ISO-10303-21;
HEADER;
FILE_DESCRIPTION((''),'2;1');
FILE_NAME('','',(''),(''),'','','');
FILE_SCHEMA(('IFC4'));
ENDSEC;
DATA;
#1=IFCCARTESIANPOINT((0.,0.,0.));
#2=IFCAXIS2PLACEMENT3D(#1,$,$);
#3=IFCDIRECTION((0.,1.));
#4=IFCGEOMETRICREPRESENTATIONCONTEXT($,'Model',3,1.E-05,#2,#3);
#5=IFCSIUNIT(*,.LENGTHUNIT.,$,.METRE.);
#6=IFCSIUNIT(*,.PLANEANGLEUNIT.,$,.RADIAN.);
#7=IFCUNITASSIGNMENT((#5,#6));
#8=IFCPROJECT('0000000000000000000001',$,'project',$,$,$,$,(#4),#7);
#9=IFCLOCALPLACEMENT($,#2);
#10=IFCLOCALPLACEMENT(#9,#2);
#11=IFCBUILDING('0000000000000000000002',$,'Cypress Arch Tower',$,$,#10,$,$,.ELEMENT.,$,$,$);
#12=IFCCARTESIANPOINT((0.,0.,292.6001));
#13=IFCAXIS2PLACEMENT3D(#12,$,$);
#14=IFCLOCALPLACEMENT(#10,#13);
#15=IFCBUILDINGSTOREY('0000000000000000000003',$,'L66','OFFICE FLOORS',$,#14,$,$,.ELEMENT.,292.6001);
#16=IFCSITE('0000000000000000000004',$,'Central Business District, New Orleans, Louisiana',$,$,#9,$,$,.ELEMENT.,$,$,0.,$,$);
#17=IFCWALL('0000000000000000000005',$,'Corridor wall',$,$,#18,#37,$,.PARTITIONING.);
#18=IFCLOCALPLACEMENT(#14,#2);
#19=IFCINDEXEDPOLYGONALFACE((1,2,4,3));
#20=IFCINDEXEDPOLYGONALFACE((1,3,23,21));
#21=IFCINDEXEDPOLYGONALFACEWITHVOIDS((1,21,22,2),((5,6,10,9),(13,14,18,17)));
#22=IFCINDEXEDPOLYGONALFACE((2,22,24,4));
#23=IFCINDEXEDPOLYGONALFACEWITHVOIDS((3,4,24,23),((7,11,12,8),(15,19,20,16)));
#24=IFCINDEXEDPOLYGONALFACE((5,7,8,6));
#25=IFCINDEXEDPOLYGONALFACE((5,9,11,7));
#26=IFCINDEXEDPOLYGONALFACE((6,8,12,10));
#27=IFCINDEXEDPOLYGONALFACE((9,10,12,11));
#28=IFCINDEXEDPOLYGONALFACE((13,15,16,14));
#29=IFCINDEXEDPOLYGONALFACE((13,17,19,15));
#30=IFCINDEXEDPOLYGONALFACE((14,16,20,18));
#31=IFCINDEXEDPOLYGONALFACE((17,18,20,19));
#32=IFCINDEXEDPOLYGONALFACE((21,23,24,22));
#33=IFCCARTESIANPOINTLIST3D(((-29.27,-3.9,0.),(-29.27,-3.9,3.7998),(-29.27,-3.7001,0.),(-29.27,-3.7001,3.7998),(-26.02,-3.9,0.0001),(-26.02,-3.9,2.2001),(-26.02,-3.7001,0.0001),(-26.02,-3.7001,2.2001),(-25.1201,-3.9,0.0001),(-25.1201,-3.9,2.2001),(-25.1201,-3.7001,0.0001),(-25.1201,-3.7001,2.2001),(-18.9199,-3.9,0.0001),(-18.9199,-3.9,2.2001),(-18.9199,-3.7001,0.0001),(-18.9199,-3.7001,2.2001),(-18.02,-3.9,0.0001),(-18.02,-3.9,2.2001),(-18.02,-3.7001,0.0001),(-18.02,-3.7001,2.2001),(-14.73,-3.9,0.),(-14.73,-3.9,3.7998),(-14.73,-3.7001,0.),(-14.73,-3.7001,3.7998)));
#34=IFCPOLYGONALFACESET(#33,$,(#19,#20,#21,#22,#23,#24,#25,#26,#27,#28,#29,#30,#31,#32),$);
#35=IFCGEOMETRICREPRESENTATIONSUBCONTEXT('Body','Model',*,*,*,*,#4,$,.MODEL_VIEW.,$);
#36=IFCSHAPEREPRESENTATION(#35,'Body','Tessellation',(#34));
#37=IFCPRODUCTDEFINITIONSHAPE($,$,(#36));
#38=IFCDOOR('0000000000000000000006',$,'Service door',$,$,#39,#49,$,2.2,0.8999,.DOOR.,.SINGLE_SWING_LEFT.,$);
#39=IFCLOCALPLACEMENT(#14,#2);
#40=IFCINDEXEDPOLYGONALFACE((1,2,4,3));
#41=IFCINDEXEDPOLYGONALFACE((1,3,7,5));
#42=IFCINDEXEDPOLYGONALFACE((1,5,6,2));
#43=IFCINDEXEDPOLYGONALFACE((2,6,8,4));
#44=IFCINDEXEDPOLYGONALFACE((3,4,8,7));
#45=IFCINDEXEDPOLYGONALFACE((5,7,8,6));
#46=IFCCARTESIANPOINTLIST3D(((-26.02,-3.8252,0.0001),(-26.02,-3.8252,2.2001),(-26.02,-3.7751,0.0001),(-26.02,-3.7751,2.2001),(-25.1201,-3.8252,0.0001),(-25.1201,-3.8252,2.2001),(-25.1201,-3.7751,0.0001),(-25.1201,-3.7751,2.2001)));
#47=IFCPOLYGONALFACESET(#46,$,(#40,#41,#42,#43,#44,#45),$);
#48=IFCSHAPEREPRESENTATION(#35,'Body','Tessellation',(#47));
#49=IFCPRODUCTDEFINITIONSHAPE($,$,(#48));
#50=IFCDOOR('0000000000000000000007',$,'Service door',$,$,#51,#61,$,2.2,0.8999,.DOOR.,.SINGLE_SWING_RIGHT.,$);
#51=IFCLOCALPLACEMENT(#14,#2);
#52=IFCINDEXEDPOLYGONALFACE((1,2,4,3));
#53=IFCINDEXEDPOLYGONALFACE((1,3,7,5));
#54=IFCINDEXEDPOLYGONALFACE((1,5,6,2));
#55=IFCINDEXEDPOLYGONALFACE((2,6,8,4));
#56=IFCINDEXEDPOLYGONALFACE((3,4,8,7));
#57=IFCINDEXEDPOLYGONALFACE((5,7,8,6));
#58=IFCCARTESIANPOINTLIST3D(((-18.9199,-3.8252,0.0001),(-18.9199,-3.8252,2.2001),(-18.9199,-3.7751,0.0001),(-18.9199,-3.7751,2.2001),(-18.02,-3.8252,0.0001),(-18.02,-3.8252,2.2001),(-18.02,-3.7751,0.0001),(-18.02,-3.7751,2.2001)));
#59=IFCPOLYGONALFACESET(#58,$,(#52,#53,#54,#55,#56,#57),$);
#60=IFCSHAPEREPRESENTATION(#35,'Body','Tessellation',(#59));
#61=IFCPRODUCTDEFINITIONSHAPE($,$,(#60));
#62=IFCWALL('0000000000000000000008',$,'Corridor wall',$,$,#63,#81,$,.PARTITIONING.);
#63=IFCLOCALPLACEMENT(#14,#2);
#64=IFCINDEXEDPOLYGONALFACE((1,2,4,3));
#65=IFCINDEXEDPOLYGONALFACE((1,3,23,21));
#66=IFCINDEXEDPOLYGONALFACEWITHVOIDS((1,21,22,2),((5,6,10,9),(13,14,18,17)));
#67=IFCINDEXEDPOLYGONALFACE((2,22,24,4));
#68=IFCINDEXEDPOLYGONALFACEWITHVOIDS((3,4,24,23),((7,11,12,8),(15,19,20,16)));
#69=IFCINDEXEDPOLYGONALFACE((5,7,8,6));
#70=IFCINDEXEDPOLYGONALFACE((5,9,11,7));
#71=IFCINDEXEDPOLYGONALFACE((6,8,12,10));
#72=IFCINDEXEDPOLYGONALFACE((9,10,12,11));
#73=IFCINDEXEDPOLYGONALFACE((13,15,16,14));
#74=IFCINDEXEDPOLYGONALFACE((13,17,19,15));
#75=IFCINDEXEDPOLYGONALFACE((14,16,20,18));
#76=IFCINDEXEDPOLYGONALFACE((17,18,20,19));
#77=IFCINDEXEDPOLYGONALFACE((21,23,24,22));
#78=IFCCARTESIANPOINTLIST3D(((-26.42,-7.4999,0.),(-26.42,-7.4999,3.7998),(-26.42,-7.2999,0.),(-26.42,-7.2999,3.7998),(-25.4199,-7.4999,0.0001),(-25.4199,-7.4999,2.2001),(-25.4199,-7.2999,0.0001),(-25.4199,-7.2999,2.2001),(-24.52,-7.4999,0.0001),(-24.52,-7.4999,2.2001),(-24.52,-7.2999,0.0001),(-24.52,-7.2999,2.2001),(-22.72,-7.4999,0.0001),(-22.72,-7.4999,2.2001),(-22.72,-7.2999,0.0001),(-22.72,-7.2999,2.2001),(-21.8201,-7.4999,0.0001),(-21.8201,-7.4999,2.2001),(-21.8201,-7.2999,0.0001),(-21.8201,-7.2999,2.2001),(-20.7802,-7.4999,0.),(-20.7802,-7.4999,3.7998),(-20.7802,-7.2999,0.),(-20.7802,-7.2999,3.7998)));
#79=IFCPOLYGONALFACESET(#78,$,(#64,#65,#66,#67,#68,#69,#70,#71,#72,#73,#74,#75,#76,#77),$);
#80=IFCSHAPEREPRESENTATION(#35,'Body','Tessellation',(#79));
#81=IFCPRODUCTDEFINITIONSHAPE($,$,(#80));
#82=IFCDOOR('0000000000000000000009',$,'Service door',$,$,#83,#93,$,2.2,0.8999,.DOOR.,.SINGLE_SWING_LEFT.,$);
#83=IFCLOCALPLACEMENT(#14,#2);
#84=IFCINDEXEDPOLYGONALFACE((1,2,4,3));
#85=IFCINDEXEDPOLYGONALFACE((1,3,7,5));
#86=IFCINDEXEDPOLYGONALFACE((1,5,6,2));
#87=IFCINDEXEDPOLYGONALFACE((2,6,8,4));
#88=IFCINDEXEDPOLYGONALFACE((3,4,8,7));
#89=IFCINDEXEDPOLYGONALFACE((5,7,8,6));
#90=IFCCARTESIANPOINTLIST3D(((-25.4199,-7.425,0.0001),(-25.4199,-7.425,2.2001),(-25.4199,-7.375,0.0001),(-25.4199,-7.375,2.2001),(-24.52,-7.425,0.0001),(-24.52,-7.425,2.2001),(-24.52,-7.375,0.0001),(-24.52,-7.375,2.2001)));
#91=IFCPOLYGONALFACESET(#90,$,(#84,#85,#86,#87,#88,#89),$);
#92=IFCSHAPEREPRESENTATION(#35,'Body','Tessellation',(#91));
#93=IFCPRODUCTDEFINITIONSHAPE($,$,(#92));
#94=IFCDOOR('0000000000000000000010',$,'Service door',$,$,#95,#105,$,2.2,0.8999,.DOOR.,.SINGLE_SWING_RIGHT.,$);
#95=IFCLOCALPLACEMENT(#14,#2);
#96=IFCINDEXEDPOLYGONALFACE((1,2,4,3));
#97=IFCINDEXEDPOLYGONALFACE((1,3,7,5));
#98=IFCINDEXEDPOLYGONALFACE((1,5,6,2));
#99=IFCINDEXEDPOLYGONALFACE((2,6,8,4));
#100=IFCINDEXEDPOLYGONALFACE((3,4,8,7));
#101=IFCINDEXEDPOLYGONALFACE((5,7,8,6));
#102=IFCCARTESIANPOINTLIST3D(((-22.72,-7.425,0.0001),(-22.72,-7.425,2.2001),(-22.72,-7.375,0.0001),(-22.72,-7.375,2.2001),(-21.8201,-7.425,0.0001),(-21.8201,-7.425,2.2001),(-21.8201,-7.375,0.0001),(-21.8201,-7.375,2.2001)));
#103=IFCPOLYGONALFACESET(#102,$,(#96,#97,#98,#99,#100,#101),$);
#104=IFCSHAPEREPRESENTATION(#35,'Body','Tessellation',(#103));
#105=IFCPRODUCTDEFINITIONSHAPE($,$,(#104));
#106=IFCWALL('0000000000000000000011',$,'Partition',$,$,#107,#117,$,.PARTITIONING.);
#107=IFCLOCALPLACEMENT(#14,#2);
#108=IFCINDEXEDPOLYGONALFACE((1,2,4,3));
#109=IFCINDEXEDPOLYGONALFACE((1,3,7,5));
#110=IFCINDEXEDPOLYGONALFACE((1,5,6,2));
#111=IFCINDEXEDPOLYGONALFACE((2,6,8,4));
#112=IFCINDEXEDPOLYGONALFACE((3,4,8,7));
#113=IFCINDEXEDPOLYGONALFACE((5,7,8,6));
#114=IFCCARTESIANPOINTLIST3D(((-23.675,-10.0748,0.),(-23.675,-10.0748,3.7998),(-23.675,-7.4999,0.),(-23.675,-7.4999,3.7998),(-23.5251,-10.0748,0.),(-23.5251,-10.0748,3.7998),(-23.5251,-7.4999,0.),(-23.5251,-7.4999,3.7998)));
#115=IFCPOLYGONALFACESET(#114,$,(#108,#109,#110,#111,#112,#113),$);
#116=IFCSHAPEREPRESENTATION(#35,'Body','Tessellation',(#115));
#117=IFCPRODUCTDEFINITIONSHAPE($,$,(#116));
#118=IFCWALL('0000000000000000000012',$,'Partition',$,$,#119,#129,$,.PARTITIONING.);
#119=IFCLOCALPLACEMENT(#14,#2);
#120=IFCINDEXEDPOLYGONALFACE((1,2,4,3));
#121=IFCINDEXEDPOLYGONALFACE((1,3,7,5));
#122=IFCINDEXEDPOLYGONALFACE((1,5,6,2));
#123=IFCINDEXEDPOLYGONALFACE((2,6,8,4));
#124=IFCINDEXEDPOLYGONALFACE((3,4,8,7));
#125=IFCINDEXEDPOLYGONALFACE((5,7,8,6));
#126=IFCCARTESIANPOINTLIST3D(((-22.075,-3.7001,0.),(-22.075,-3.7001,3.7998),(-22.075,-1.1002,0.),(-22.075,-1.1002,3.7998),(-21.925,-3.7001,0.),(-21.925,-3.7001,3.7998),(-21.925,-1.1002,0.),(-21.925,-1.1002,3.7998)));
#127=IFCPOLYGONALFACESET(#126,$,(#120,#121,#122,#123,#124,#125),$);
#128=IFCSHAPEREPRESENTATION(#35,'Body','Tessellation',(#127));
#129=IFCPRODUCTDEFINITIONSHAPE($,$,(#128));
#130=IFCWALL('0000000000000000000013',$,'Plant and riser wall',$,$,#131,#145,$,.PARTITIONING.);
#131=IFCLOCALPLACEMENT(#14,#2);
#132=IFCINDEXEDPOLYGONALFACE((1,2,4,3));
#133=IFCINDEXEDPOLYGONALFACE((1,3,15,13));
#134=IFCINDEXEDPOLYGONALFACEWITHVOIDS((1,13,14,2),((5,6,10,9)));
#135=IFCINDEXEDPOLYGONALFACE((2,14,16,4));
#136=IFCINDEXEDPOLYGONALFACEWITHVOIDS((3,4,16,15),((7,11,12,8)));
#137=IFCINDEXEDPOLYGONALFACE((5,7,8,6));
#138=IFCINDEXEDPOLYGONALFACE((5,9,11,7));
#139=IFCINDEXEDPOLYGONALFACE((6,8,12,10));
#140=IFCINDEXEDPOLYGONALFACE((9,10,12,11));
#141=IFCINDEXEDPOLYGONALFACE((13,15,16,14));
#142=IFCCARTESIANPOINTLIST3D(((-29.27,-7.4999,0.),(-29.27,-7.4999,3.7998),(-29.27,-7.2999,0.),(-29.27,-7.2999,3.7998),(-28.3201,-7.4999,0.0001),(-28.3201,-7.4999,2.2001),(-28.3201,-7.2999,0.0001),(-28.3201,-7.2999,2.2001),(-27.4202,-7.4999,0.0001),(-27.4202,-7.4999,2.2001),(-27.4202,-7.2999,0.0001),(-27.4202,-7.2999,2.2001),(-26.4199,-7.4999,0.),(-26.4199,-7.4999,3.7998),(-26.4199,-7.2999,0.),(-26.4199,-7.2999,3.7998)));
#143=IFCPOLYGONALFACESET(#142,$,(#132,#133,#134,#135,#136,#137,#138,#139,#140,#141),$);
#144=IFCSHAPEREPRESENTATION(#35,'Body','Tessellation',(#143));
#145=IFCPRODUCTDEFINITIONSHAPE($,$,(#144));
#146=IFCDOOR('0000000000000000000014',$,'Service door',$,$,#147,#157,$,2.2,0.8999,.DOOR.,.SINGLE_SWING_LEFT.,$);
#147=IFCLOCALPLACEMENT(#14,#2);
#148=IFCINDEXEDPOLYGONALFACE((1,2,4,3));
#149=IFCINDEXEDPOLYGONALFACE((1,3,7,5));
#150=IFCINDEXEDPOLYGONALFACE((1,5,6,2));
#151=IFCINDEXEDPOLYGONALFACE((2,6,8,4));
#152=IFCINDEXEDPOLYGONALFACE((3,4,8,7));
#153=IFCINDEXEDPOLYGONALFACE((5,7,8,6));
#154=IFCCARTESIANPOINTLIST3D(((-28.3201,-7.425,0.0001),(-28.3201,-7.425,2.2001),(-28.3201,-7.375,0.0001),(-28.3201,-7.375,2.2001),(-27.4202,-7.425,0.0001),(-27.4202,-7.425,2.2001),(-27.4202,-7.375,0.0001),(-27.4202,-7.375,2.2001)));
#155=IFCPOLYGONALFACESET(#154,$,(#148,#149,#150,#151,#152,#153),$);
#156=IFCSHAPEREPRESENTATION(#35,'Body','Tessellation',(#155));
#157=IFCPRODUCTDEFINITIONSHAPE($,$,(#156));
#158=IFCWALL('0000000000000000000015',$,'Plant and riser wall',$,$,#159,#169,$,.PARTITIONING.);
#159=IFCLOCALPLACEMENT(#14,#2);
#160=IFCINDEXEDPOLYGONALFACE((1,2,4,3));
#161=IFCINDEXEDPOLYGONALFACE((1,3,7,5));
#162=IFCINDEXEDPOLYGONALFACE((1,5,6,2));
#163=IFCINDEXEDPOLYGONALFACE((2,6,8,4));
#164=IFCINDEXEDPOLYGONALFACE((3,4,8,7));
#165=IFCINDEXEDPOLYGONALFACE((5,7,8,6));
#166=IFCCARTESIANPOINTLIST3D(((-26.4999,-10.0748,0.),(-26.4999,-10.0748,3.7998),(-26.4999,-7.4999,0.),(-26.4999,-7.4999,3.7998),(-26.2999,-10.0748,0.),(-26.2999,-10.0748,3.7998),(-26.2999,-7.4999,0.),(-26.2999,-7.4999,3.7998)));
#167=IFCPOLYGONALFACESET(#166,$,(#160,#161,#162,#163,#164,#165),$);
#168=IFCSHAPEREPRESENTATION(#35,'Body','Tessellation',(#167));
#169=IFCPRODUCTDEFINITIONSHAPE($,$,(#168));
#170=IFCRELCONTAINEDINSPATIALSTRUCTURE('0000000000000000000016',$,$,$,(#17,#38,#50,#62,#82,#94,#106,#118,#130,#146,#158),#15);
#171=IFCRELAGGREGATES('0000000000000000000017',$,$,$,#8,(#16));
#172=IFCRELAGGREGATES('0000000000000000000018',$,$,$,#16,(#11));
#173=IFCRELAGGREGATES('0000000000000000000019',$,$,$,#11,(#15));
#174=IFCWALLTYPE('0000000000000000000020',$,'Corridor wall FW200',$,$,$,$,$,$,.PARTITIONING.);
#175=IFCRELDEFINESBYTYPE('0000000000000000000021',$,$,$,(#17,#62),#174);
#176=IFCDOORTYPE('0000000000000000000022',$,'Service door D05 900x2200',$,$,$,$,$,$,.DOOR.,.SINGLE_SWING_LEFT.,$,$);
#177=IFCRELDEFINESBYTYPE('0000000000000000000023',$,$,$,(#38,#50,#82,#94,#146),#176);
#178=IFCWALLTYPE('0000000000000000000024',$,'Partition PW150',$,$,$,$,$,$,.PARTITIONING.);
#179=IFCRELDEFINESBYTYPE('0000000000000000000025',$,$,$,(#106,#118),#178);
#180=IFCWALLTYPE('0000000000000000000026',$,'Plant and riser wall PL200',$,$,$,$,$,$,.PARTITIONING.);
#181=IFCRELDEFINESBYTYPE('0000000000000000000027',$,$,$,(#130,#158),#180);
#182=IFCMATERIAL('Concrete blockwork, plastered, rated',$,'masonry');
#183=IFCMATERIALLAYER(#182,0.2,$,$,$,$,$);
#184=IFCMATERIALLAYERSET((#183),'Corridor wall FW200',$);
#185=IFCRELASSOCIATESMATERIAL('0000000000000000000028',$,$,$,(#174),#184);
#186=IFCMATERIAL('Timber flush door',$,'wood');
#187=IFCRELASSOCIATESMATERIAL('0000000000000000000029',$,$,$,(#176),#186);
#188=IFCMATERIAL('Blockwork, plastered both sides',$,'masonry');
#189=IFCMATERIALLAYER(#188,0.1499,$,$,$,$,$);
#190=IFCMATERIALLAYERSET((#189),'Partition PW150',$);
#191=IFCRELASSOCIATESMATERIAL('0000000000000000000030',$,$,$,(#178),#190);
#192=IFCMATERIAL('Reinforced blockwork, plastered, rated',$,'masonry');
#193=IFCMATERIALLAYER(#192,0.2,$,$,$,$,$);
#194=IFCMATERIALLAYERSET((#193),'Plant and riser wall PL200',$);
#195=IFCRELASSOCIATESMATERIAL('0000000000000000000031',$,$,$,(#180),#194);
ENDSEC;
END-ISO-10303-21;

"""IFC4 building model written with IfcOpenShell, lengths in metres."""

from ifc_helpers import new_model, si_unit, direction, frame, frame_2d, origin, place, context, subcontext, project, spatial, rectangle, extrude, material, layer, layer_set, type_object, element, fill, save


model = new_model("IFC4")

# Units and contexts
model_context = context("Model", 3, precision=1e-05, world=origin(), true_north=direction((0.0, 1.0)))
body_context = subcontext(model_context, "Body", "Model", "MODEL_VIEW")
ifc_project = project(units=[si_unit("LENGTHUNIT", "METRE"), si_unit("PLANEANGLEUNIT", "RADIAN")], contexts=[model_context])

# Site, building, storey
site_placement = place(None, origin())
site = spatial("IfcSite", under=ifc_project, at=site_placement, Name="Central Business District, New Orleans, Louisiana", CompositionType="ELEMENT", RefElevation=0.0)
building_placement = place(site_placement, origin())
building = spatial("IfcBuilding", under=site, at=building_placement, Name="Cypress Arch Tower", CompositionType="ELEMENT")
storey_placement = place(building_placement, frame((0.0, 0.0, 292.6001)))
storey = spatial("IfcBuildingStorey", under=building, at=storey_placement, Name="L66", Description="OFFICE FLOORS", CompositionType="ELEMENT", Elevation=292.6001)

# Walls, openings, doors
ifc_material_1 = material(Name="Concrete blockwork, plastered, rated", Category="masonry")
ifc_layer_1 = layer(ifc_material_1, 0.2)
ifc_layer_set_1 = layer_set([ifc_layer_1], Name="Corridor wall FW200")
wall_type_1 = type_object("IfcWallType", Name="Corridor wall FW200", PredefinedType="PARTITIONING", material=ifc_layer_set_1)
wall_1_placement = place(storey_placement, frame((-29.27, -3.8, 0.0), z_axis=(0.0, 0.0, 1.0), x_axis=(1.0, 0.0, 0.0)))
wall_1 = element("IfcWall", 1, at=wall_1_placement, inside=storey, type_object=wall_type_1, Name="Corridor wall", PredefinedType="PARTITIONING", context=body_context, shape_type="SweptSolid", body=[
    extrude(rectangle(XDim=14.54, YDim=0.2, at=frame_2d((7.27, 0.0))), origin(), (0.0, 0.0, 1.0), 3.7998),
])
opening_1_placement = place(wall_1_placement, frame((3.25, 0.0, 0.0)))
opening_1 = element("IfcOpeningElement", 2, at=opening_1_placement, cuts=wall_1, PredefinedType="OPENING", context=body_context, shape_type="SweptSolid", body=[
    extrude(rectangle(XDim=0.8999, YDim=2.2, at=frame_2d((0.45, 1.1001))), frame((0.0, 0.1099, 0.0), z_axis=(0.0, -1.0, 0.0), x_axis=(1.0, 0.0, 0.0)), (0.0, 0.0, 1.0), 0.22),
])
opening_2_placement = place(wall_1_placement, frame((10.3501, 0.0, 0.0)))
opening_2 = element("IfcOpeningElement", 3, at=opening_2_placement, cuts=wall_1, PredefinedType="OPENING", context=body_context, shape_type="SweptSolid", body=[
    extrude(rectangle(XDim=0.8999, YDim=2.2, at=frame_2d((0.45, 1.1001))), frame((0.0, 0.1099, 0.0), z_axis=(0.0, -1.0, 0.0), x_axis=(1.0, 0.0, 0.0)), (0.0, 0.0, 1.0), 0.22),
])
ifc_material_2 = material(Name="Timber flush door", Category="wood")
door_type = type_object("IfcDoorType", Name="Service door D05 900x2200", OperationType="SINGLE_SWING_LEFT", PredefinedType="DOOR", material=ifc_material_2)
door_1_placement = place(opening_1_placement, origin())
door_1 = element("IfcDoor", 4, at=door_1_placement, inside=storey, type_object=door_type, Name="Service door", OperationType="SINGLE_SWING_LEFT", OverallHeight=2.2, OverallWidth=0.8999, PredefinedType="DOOR", context=body_context, shape_type="SweptSolid", body=[
    extrude(rectangle(XDim=0.8999, YDim=2.2, at=frame_2d((0.45, 1.1001))), frame((0.0, 0.0249, 0.0), z_axis=(0.0, -1.0, 0.0), x_axis=(1.0, 0.0, 0.0)), (0.0, 0.0, 1.0), 0.05),
])
fill(opening_1, door_1)
door_2_placement = place(opening_2_placement, origin())
door_2 = element("IfcDoor", 5, at=door_2_placement, inside=storey, type_object=door_type, Name="Service door", OperationType="SINGLE_SWING_RIGHT", OverallHeight=2.2, OverallWidth=0.8999, PredefinedType="DOOR", context=body_context, shape_type="SweptSolid", body=[
    extrude(rectangle(XDim=0.8999, YDim=2.2, at=frame_2d((0.45, 1.1001))), frame((0.0, 0.0249, 0.0), z_axis=(0.0, -1.0, 0.0), x_axis=(1.0, 0.0, 0.0)), (0.0, 0.0, 1.0), 0.05),
])
fill(opening_2, door_2)
wall_2_placement = place(storey_placement, frame((-26.4199, -7.3999, 0.0), z_axis=(0.0, 0.0, 1.0), x_axis=(1.0, 0.0, 0.0)))
wall_2 = element("IfcWall", 6, at=wall_2_placement, inside=storey, type_object=wall_type_1, Name="Corridor wall", PredefinedType="PARTITIONING", context=body_context, shape_type="SweptSolid", body=[
    extrude(rectangle(XDim=5.6399, YDim=0.2, at=frame_2d((2.8198, 0.0))), origin(), (0.0, 0.0, 1.0), 3.7998),
])
opening_3_placement = place(wall_2_placement, frame((1.0, 0.0, 0.0)))
opening_3 = element("IfcOpeningElement", 7, at=opening_3_placement, cuts=wall_2, PredefinedType="OPENING", context=body_context, shape_type="SweptSolid", body=[
    extrude(rectangle(XDim=0.8999, YDim=2.2, at=frame_2d((0.45, 1.1001))), frame((0.0, 0.1099, 0.0), z_axis=(0.0, -1.0, 0.0), x_axis=(1.0, 0.0, 0.0)), (0.0, 0.0, 1.0), 0.22),
])
opening_4_placement = place(wall_2_placement, frame((3.7, 0.0, 0.0)))
opening_4 = element("IfcOpeningElement", 8, at=opening_4_placement, cuts=wall_2, PredefinedType="OPENING", context=body_context, shape_type="SweptSolid", body=[
    extrude(rectangle(XDim=0.8999, YDim=2.2, at=frame_2d((0.45, 1.1001))), frame((0.0, 0.1099, 0.0), z_axis=(0.0, -1.0, 0.0), x_axis=(1.0, 0.0, 0.0)), (0.0, 0.0, 1.0), 0.22),
])
door_3_placement = place(opening_3_placement, origin())
door_3 = element("IfcDoor", 9, at=door_3_placement, inside=storey, type_object=door_type, Name="Service door", OperationType="SINGLE_SWING_LEFT", OverallHeight=2.2, OverallWidth=0.8999, PredefinedType="DOOR", context=body_context, shape_type="SweptSolid", body=[
    extrude(rectangle(XDim=0.8999, YDim=2.2, at=frame_2d((0.45, 1.1001))), frame((0.0, 0.0249, 0.0), z_axis=(0.0, -1.0, 0.0), x_axis=(1.0, 0.0, 0.0)), (0.0, 0.0, 1.0), 0.05),
])
fill(opening_3, door_3)
door_4_placement = place(opening_4_placement, origin())
door_4 = element("IfcDoor", 10, at=door_4_placement, inside=storey, type_object=door_type, Name="Service door", OperationType="SINGLE_SWING_RIGHT", OverallHeight=2.2, OverallWidth=0.8999, PredefinedType="DOOR", context=body_context, shape_type="SweptSolid", body=[
    extrude(rectangle(XDim=0.8999, YDim=2.2, at=frame_2d((0.45, 1.1001))), frame((0.0, 0.0249, 0.0), z_axis=(0.0, -1.0, 0.0), x_axis=(1.0, 0.0, 0.0)), (0.0, 0.0, 1.0), 0.05),
])
fill(opening_4, door_4)

# Walls
ifc_material_3 = material(Name="Blockwork, plastered both sides", Category="masonry")
ifc_layer_2 = layer(ifc_material_3, 0.1499)
ifc_layer_set_2 = layer_set([ifc_layer_2], Name="Partition PW150")
wall_type_2 = type_object("IfcWallType", Name="Partition PW150", PredefinedType="PARTITIONING", material=ifc_layer_set_2)
wall_3_placement = place(storey_placement, frame((-23.6001, -10.075, 0.0), z_axis=(0.0, 0.0, 1.0), x_axis=(0.0, 1.0, 0.0)))
element("IfcWall", 11, at=wall_3_placement, inside=storey, type_object=wall_type_2, Name="Partition", PredefinedType="PARTITIONING", context=body_context, shape_type="SweptSolid", body=[
    extrude(rectangle(XDim=2.575, YDim=0.1499, at=frame_2d((1.2876, 0.0))), origin(), (0.0, 0.0, 1.0), 3.7998),
])
wall_4_placement = place(storey_placement, frame((-22.0, -3.7, 0.0), z_axis=(0.0, 0.0, 1.0), x_axis=(0.0, 1.0, 0.0)))
element("IfcWall", 12, at=wall_4_placement, inside=storey, type_object=wall_type_2, Name="Partition", PredefinedType="PARTITIONING", context=body_context, shape_type="SweptSolid", body=[
    extrude(rectangle(XDim=2.5999, YDim=0.1499, at=frame_2d((1.2998, 0.0))), origin(), (0.0, 0.0, 1.0), 3.7998),
])

# Wall, opening, door
ifc_material_4 = material(Name="Reinforced blockwork, plastered, rated", Category="masonry")
ifc_layer_3 = layer(ifc_material_4, 0.2)
ifc_layer_set_3 = layer_set([ifc_layer_3], Name="Plant and riser wall PL200")
wall_type_3 = type_object("IfcWallType", Name="Plant and riser wall PL200", PredefinedType="PARTITIONING", material=ifc_layer_set_3)
wall_5_placement = place(storey_placement, frame((-29.27, -7.3999, 0.0), z_axis=(0.0, 0.0, 1.0), x_axis=(1.0, 0.0, 0.0)))
wall_5 = element("IfcWall", 13, at=wall_5_placement, inside=storey, type_object=wall_type_3, Name="Plant and riser wall", PredefinedType="PARTITIONING", context=body_context, shape_type="SweptSolid", body=[
    extrude(rectangle(XDim=2.8501, YDim=0.2, at=frame_2d((1.425, 0.0))), origin(), (0.0, 0.0, 1.0), 3.7998),
])
opening_5_placement = place(wall_5_placement, frame((0.95, 0.0, 0.0)))
opening_5 = element("IfcOpeningElement", 14, at=opening_5_placement, cuts=wall_5, PredefinedType="OPENING", context=body_context, shape_type="SweptSolid", body=[
    extrude(rectangle(XDim=0.8999, YDim=2.2, at=frame_2d((0.45, 1.1001))), frame((0.0, 0.1099, 0.0), z_axis=(0.0, -1.0, 0.0), x_axis=(1.0, 0.0, 0.0)), (0.0, 0.0, 1.0), 0.22),
])
door_5_placement = place(opening_5_placement, origin())
door_5 = element("IfcDoor", 15, at=door_5_placement, inside=storey, type_object=door_type, Name="Service door", OperationType="SINGLE_SWING_LEFT", OverallHeight=2.2, OverallWidth=0.8999, PredefinedType="DOOR", context=body_context, shape_type="SweptSolid", body=[
    extrude(rectangle(XDim=0.8999, YDim=2.2, at=frame_2d((0.45, 1.1001))), frame((0.0, 0.0249, 0.0), z_axis=(0.0, -1.0, 0.0), x_axis=(1.0, 0.0, 0.0)), (0.0, 0.0, 1.0), 0.05),
])
fill(opening_5, door_5)

# Wall
wall_6_placement = place(storey_placement, frame((-26.3999, -10.075, 0.0), z_axis=(0.0, 0.0, 1.0), x_axis=(0.0, 1.0, 0.0)))
element("IfcWall", 16, at=wall_6_placement, inside=storey, type_object=wall_type_3, Name="Plant and riser wall", PredefinedType="PARTITIONING", context=body_context, shape_type="SweptSolid", body=[
    extrude(rectangle(XDim=2.575, YDim=0.2, at=frame_2d((1.2876, 0.0))), origin(), (0.0, 0.0, 1.0), 3.7998),
])

save(model, "model.ifc")
